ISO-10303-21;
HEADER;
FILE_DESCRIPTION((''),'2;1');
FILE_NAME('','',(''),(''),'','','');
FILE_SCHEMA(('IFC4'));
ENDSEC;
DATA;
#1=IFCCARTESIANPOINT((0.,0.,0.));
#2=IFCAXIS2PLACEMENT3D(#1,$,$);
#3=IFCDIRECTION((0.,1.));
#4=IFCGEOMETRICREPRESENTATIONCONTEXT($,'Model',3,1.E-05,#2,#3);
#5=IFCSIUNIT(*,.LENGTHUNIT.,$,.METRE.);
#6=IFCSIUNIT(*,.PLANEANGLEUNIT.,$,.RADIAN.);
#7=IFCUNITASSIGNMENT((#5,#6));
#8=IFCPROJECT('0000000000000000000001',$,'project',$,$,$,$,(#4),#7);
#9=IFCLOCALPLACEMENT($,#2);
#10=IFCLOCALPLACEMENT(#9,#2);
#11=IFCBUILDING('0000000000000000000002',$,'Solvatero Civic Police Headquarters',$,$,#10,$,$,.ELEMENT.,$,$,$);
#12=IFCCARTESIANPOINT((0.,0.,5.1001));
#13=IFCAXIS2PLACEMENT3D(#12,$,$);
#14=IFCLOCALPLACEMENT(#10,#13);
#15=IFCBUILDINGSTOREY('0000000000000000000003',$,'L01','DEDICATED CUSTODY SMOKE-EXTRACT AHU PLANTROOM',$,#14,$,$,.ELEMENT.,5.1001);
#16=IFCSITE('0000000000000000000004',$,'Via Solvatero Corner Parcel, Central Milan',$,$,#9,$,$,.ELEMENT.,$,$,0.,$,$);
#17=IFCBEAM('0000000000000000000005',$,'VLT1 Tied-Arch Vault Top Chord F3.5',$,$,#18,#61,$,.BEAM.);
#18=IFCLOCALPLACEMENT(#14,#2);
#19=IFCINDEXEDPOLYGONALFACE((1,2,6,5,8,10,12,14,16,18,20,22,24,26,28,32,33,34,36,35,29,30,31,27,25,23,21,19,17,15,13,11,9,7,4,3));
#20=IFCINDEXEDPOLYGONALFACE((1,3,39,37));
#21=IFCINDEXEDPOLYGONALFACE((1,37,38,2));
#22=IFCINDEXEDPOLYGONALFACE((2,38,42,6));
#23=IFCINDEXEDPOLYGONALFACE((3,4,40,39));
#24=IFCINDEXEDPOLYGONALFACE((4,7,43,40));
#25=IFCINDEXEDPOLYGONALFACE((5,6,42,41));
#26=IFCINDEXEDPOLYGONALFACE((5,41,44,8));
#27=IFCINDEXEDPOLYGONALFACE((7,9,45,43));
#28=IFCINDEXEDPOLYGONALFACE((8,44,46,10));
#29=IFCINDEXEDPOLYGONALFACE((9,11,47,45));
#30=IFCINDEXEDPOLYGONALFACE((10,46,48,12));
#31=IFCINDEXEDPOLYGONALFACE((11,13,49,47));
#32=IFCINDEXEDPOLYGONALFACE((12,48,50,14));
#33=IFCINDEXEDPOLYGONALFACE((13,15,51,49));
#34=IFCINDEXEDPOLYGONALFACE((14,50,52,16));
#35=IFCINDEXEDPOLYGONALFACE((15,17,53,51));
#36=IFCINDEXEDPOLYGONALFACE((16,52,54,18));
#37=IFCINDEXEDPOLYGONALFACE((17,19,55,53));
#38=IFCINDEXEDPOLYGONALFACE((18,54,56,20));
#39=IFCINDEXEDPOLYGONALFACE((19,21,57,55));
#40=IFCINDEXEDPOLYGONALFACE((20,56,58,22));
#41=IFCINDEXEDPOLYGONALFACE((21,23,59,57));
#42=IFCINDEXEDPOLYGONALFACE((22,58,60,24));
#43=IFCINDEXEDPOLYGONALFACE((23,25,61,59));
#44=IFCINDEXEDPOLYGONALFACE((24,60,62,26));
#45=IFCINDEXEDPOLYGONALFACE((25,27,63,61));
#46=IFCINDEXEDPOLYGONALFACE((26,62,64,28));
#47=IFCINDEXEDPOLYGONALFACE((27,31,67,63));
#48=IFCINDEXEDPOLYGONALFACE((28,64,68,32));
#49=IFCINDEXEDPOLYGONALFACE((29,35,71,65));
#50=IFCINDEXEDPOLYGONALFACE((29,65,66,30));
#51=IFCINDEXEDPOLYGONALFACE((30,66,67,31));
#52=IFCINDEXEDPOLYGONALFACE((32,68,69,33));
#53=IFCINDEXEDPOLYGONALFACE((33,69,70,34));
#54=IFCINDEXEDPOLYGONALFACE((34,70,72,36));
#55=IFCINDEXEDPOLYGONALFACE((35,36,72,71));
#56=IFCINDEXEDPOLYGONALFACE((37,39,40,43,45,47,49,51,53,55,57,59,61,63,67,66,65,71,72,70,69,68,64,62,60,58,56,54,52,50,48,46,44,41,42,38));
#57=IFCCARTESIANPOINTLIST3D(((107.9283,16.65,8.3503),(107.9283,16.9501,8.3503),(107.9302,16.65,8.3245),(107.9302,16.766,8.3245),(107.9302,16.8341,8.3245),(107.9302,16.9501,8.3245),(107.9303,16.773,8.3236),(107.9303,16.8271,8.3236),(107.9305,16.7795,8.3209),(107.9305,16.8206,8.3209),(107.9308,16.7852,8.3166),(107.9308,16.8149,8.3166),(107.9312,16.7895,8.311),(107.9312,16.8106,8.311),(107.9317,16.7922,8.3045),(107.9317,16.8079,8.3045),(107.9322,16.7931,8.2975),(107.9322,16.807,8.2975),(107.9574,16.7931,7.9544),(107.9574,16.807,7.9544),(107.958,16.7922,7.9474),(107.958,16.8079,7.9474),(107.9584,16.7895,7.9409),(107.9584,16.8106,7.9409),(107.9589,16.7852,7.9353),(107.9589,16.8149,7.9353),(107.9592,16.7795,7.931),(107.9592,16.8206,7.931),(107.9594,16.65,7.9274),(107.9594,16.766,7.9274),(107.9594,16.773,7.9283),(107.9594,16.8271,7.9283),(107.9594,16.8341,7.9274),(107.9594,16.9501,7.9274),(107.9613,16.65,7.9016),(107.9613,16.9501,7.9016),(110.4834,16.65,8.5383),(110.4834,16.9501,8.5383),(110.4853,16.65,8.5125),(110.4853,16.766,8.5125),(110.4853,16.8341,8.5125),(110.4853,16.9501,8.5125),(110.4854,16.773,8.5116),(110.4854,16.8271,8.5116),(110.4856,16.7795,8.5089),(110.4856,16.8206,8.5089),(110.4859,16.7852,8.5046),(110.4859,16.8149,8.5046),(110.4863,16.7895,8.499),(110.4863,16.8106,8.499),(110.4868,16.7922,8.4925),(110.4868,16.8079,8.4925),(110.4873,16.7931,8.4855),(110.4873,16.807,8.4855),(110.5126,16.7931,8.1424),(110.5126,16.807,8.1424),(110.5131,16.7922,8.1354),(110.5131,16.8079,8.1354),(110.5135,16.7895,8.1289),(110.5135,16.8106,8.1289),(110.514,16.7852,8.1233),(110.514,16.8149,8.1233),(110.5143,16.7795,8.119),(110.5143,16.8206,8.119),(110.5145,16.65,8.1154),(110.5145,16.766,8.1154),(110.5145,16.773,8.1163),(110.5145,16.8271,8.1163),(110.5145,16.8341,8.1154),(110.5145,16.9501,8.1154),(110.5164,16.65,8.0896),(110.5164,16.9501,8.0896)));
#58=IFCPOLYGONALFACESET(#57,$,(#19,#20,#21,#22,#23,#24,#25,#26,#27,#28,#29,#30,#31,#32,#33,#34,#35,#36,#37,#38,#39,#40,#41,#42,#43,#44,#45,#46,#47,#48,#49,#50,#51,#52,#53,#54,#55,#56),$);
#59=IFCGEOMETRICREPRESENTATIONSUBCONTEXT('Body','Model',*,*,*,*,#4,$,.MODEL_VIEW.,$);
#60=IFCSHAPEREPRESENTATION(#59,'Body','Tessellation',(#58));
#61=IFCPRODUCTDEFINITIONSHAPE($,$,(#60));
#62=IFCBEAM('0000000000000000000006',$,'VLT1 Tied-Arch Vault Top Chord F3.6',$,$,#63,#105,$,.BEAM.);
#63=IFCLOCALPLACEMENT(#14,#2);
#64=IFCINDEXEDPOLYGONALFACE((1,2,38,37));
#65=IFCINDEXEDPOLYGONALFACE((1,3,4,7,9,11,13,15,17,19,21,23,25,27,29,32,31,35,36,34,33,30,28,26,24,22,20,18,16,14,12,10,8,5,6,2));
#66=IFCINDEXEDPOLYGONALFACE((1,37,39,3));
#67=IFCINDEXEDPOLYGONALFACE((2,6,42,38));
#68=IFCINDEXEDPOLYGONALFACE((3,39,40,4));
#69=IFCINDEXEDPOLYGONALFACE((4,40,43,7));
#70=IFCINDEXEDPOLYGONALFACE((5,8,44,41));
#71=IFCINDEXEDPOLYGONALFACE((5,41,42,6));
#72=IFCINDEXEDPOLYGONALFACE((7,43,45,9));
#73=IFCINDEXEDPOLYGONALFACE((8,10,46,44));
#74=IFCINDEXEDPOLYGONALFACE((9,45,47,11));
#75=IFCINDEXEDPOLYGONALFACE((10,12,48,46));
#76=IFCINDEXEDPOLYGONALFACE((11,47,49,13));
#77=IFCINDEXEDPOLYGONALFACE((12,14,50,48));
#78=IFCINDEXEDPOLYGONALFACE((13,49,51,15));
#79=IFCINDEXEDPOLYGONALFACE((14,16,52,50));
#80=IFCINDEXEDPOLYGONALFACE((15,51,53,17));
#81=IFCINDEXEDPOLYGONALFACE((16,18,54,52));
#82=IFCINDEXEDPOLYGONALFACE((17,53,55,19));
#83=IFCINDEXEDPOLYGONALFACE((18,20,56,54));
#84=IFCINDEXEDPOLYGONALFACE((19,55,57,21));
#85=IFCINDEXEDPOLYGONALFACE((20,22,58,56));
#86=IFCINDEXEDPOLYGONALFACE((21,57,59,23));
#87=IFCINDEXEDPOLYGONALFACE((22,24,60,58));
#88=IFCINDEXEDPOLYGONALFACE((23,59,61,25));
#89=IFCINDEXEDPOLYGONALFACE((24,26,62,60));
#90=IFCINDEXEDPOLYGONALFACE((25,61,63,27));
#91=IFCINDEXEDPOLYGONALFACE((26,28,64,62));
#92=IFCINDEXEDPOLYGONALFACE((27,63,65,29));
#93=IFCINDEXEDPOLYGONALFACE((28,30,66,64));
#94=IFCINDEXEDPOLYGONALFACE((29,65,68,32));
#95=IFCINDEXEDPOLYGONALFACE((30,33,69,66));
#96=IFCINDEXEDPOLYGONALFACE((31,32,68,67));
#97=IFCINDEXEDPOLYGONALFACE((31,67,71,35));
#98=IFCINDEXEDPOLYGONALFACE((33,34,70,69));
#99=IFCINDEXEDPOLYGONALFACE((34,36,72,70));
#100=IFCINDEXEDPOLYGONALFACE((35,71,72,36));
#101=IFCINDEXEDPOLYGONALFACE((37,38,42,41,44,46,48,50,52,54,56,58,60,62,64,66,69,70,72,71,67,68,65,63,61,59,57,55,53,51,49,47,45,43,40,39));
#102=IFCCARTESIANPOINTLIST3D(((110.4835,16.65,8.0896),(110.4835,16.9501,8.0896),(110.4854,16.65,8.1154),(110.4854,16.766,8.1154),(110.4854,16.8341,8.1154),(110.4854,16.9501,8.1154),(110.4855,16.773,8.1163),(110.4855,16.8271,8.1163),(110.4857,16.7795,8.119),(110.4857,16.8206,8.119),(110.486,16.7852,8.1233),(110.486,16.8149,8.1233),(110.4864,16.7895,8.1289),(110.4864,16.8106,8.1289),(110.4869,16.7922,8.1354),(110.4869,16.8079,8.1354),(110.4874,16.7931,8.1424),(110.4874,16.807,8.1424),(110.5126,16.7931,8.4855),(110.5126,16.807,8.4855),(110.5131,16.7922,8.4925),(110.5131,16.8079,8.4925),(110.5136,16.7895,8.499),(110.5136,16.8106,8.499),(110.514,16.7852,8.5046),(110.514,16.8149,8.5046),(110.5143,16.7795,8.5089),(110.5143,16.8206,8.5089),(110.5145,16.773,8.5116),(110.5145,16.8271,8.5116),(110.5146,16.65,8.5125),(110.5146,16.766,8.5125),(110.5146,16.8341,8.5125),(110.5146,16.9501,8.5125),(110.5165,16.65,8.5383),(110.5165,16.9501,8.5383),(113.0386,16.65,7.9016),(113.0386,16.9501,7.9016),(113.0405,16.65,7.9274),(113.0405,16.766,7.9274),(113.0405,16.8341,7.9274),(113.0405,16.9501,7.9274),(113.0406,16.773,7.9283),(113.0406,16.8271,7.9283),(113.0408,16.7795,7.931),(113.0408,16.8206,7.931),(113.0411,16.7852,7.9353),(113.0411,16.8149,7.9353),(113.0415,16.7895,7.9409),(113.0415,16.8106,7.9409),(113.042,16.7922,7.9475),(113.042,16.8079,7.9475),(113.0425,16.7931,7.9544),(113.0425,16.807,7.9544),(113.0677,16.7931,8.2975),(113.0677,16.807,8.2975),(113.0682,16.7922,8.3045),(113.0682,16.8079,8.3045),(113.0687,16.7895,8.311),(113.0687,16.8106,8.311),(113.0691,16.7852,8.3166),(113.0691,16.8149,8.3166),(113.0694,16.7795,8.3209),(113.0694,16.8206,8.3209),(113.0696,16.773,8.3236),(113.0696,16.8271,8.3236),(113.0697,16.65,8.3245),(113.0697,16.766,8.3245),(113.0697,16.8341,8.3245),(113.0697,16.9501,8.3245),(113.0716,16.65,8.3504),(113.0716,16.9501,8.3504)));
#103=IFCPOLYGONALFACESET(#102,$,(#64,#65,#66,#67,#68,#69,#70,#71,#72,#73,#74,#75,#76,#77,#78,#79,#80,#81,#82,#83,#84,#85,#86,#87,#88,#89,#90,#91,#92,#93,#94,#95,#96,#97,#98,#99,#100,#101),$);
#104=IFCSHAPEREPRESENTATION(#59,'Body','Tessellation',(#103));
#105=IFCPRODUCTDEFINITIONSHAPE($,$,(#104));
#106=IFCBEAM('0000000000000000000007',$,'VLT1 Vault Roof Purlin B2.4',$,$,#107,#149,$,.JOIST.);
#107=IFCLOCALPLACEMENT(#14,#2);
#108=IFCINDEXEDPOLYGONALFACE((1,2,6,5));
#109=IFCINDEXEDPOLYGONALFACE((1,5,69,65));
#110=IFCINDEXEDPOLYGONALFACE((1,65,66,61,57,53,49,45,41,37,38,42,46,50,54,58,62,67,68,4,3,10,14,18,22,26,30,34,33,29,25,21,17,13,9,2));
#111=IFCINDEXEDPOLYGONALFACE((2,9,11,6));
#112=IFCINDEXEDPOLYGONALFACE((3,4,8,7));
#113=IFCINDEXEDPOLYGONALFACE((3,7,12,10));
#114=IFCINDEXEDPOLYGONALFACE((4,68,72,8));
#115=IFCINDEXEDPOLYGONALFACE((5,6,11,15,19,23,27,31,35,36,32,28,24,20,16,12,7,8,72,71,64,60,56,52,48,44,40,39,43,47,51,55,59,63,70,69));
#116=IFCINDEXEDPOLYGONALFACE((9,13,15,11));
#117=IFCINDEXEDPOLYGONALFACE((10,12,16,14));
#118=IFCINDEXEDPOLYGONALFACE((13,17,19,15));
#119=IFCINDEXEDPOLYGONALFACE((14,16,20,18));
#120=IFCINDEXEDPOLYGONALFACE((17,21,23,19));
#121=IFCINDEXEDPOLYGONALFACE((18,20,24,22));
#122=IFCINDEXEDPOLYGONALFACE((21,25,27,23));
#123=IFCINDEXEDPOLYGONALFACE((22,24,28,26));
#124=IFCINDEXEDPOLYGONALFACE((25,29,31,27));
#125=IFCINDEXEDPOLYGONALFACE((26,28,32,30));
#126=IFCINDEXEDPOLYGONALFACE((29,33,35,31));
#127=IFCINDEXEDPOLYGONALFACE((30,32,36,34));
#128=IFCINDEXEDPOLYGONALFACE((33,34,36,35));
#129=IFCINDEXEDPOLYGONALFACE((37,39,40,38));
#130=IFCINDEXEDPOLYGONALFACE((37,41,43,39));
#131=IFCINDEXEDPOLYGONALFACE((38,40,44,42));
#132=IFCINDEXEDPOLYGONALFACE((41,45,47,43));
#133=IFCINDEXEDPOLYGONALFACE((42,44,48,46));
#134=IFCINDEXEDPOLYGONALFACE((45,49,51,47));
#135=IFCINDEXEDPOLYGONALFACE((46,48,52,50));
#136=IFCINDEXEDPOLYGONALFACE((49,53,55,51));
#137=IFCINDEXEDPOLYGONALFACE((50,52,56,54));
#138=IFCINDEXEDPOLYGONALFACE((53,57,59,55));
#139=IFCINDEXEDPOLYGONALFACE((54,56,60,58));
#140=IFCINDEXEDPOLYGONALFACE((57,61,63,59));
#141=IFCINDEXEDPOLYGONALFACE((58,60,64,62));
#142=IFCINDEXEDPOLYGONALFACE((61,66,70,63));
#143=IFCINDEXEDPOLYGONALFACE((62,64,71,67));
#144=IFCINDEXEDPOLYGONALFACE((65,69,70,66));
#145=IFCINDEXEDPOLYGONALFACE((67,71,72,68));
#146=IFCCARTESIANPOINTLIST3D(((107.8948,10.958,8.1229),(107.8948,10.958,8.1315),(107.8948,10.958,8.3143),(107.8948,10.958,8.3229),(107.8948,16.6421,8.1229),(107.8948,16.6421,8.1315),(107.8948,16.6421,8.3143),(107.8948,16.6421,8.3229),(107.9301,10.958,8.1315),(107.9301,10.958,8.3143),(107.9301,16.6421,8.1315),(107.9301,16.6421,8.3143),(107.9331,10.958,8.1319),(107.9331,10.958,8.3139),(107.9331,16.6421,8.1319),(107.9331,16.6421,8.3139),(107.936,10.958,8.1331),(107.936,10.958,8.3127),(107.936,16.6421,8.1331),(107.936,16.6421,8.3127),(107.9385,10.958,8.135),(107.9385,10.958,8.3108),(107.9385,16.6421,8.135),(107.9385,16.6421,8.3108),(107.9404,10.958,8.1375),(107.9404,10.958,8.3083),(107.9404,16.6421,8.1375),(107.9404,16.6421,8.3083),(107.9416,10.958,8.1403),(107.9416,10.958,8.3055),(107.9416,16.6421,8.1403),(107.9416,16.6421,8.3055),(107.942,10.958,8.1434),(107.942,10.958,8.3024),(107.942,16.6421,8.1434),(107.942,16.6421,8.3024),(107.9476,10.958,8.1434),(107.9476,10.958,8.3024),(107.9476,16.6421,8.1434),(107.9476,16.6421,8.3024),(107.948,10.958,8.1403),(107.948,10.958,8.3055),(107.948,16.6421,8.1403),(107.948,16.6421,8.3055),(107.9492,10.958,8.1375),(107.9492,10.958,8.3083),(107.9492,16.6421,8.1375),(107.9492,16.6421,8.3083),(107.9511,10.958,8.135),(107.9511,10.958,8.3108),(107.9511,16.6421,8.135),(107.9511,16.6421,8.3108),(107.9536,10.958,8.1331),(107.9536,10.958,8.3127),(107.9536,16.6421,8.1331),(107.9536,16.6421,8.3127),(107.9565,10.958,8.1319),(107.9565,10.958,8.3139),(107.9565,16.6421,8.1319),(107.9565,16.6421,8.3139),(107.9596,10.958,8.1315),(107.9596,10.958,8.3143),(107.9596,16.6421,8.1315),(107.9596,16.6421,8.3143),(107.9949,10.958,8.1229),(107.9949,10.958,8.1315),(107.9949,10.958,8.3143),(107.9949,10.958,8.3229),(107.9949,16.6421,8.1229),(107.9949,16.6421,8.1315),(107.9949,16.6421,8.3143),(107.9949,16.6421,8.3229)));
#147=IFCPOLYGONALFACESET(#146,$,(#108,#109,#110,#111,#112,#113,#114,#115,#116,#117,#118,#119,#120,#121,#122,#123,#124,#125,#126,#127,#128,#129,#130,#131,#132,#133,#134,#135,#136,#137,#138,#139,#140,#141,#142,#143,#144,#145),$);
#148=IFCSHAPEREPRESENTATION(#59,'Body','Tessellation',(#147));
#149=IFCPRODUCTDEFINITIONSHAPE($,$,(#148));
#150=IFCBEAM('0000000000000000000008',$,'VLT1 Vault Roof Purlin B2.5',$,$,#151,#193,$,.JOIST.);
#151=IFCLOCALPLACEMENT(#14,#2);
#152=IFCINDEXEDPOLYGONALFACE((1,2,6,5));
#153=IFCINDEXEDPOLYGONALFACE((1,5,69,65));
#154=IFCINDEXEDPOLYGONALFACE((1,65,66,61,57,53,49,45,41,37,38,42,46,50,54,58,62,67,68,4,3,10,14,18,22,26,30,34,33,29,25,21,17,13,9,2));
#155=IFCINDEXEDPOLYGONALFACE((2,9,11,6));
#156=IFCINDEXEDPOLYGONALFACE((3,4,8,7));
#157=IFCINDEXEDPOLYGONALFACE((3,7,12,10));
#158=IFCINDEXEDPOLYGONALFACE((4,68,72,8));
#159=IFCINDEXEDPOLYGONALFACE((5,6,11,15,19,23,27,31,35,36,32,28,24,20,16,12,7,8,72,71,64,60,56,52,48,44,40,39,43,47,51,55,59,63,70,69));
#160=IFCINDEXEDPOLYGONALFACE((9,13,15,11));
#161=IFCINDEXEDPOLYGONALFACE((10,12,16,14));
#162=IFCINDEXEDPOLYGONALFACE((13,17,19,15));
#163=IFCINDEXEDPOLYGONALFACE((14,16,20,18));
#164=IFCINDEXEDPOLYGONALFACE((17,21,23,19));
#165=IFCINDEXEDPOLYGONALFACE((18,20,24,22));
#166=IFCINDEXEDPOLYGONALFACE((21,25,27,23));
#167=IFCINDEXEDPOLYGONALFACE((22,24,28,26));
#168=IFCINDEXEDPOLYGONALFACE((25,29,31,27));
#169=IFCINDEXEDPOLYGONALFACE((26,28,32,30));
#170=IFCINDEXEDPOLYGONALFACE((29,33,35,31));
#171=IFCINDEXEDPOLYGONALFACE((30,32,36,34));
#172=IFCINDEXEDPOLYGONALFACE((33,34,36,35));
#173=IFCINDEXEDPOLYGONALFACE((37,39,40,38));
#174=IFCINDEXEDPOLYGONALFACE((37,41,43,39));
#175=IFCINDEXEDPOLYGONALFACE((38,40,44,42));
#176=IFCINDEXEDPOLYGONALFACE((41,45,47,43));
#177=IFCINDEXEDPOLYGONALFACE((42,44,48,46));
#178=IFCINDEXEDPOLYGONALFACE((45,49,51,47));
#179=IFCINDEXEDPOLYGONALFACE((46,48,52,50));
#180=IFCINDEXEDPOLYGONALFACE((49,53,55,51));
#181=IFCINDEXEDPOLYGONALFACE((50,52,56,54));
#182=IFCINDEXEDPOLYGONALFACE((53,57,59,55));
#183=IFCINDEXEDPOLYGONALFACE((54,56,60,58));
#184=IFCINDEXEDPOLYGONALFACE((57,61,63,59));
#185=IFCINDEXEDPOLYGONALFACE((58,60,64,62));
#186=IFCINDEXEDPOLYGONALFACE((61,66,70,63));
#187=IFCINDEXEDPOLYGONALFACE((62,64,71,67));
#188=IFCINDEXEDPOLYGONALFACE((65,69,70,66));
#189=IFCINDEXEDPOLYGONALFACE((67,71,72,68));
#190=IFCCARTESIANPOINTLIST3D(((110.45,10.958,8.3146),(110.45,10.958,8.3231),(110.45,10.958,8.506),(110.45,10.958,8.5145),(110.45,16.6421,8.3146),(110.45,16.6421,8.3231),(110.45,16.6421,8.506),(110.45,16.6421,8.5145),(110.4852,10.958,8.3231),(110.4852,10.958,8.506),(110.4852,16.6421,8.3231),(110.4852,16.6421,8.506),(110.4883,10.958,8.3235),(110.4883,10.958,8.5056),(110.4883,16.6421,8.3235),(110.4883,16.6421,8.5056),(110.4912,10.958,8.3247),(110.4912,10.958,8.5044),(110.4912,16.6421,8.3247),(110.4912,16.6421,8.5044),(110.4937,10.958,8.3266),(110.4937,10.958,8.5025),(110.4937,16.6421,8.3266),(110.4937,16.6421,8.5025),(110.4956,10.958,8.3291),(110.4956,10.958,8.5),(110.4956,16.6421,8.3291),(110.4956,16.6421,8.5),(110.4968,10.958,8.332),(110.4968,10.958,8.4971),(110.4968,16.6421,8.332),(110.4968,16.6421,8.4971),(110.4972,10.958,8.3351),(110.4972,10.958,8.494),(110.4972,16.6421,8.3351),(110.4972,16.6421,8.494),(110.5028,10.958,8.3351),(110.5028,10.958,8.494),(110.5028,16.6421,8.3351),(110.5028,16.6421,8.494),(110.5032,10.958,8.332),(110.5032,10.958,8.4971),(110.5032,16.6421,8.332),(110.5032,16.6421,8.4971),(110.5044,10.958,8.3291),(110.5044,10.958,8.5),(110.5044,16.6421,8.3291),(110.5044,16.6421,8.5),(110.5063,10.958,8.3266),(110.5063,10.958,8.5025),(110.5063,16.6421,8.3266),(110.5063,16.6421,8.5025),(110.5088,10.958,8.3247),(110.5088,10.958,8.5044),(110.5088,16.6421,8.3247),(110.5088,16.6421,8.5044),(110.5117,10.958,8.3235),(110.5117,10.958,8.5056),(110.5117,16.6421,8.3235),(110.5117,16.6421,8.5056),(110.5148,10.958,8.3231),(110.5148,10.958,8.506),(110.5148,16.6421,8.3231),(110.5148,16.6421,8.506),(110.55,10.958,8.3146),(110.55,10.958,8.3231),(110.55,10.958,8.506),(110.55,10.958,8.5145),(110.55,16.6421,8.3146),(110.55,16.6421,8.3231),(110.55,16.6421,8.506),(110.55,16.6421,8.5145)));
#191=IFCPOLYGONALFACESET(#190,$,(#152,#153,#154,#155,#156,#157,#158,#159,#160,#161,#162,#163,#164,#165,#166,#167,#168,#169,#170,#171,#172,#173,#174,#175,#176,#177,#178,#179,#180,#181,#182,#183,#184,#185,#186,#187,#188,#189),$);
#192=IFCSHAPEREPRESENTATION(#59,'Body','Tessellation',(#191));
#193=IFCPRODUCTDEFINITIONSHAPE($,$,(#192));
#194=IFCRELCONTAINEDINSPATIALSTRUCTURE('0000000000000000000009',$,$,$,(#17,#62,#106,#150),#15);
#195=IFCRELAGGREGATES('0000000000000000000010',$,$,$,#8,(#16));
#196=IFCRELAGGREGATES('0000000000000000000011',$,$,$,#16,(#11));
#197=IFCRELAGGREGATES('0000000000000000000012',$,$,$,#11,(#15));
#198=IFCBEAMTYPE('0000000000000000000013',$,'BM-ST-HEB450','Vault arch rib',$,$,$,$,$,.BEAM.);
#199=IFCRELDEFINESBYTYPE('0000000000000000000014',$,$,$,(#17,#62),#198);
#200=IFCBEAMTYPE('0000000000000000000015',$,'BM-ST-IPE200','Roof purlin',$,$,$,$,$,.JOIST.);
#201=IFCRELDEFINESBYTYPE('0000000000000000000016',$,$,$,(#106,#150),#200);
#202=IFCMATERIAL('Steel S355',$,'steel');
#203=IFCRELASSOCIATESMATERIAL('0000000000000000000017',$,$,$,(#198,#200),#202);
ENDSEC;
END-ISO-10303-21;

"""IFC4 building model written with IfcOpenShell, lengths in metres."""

from ifc_helpers import new_model, si_unit, direction, frame, origin, origin_2d, place, context, subcontext, project, spatial, i_section, extrude, material, material_profile, profile_set, type_object, element, save


model = new_model("IFC4")

# Units and contexts
model_context = context("Model", 3, precision=1e-05, world=origin(), true_north=direction((0.0, 1.0)))
body_context = subcontext(model_context, "Body", "Model", "MODEL_VIEW")
ifc_project = project(units=[si_unit("LENGTHUNIT", "METRE"), si_unit("PLANEANGLEUNIT", "RADIAN")], contexts=[model_context])

# Site, building, storey
site_placement = place(None, origin())
site = spatial("IfcSite", under=ifc_project, at=site_placement, Name="Via Solvatero Corner Parcel, Central Milan", CompositionType="ELEMENT", RefElevation=0.0)
building_placement = place(site_placement, origin())
building = spatial("IfcBuilding", under=site, at=building_placement, Name="Solvatero Civic Police Headquarters", CompositionType="ELEMENT")
storey_placement = place(building_placement, frame((0.0, 0.0, 5.1001)))
storey = spatial("IfcBuildingStorey", under=building, at=storey_placement, Name="L01", Description="DEDICATED CUSTODY SMOKE-EXTRACT AHU PLANTROOM", CompositionType="ELEMENT", Elevation=5.1001)

# Beams
ifc_material_1 = material(Name="Steel S355", Category="steel")
ifc_material_profile_1 = material_profile(ifc_material_1, i_section(OverallWidth=0.3, OverallDepth=0.45, WebThickness=0.0139, FlangeThickness=0.0259, FilletRadius=0.0271, at=origin_2d()), Name="HEB 450")
ifc_profile_set_1 = profile_set([ifc_material_profile_1], Name="Steel S355")
beam_type_1 = type_object("IfcBeamType", Name="BM-ST-HEB450", Description="Vault arch rib", PredefinedType="BEAM", material=ifc_profile_set_1)
for number, where, z_axis, x_axis, name in (
    (1, (107.9448, 16.8, 8.126), (0.997305, 0.0, 0.073373), (0.0, 1.0, 0.0), "VLT1 Tied-Arch Vault Top Chord F3.5"),
    (2, (110.5, 16.8, 8.314), (0.997305, 0.0, -0.073373), (0.0, 1.0, 0.0), "VLT1 Tied-Arch Vault Top Chord F3.6"),
):
    element("IfcBeam", number, at=place(storey_placement, frame(where, z_axis=z_axis, x_axis=x_axis)), inside=storey, type_object=beam_type_1, Name=name, PredefinedType="BEAM", context=body_context, shape_type="SweptSolid", body=[
        extrude(i_section(OverallWidth=0.3, OverallDepth=0.45, WebThickness=0.0139, FlangeThickness=0.0259, FilletRadius=0.0271, at=origin_2d()), origin(), (0.0, 0.0, 1.0), 2.562),
    ])
ifc_material_profile_2 = material_profile(ifc_material_1, i_section(OverallWidth=0.1001, OverallDepth=0.2, WebThickness=0.0056, FlangeThickness=0.0085, FilletRadius=0.012, at=origin_2d()), Name="IPE 200")
ifc_profile_set_2 = profile_set([ifc_material_profile_2], Name="Steel S355")
beam_type_2 = type_object("IfcBeamType", Name="BM-ST-IPE200", Description="Roof purlin", PredefinedType="JOIST", material=ifc_profile_set_2)
for number, where, z_axis, x_axis, name in (
    (3, (107.9448, 10.958, 8.2229), (0.0, 1.0, 0.0), (-1.0, 0.0, 0.0), "VLT1 Vault Roof Purlin B2.4"),
    (4, (110.5, 10.958, 8.4146), (0.0, 1.0, 0.0), (-1.0, 0.0, 0.0), "VLT1 Vault Roof Purlin B2.5"),
):
    element("IfcBeam", number, at=place(storey_placement, frame(where, z_axis=z_axis, x_axis=x_axis)), inside=storey, type_object=beam_type_2, Name=name, PredefinedType="JOIST", context=body_context, shape_type="SweptSolid", body=[
        extrude(i_section(OverallWidth=0.1001, OverallDepth=0.2, WebThickness=0.0056, FlangeThickness=0.0085, FilletRadius=0.012, at=origin_2d()), origin(), (0.0, 0.0, 1.0), 5.6841),
    ])

save(model, "model.ifc")
